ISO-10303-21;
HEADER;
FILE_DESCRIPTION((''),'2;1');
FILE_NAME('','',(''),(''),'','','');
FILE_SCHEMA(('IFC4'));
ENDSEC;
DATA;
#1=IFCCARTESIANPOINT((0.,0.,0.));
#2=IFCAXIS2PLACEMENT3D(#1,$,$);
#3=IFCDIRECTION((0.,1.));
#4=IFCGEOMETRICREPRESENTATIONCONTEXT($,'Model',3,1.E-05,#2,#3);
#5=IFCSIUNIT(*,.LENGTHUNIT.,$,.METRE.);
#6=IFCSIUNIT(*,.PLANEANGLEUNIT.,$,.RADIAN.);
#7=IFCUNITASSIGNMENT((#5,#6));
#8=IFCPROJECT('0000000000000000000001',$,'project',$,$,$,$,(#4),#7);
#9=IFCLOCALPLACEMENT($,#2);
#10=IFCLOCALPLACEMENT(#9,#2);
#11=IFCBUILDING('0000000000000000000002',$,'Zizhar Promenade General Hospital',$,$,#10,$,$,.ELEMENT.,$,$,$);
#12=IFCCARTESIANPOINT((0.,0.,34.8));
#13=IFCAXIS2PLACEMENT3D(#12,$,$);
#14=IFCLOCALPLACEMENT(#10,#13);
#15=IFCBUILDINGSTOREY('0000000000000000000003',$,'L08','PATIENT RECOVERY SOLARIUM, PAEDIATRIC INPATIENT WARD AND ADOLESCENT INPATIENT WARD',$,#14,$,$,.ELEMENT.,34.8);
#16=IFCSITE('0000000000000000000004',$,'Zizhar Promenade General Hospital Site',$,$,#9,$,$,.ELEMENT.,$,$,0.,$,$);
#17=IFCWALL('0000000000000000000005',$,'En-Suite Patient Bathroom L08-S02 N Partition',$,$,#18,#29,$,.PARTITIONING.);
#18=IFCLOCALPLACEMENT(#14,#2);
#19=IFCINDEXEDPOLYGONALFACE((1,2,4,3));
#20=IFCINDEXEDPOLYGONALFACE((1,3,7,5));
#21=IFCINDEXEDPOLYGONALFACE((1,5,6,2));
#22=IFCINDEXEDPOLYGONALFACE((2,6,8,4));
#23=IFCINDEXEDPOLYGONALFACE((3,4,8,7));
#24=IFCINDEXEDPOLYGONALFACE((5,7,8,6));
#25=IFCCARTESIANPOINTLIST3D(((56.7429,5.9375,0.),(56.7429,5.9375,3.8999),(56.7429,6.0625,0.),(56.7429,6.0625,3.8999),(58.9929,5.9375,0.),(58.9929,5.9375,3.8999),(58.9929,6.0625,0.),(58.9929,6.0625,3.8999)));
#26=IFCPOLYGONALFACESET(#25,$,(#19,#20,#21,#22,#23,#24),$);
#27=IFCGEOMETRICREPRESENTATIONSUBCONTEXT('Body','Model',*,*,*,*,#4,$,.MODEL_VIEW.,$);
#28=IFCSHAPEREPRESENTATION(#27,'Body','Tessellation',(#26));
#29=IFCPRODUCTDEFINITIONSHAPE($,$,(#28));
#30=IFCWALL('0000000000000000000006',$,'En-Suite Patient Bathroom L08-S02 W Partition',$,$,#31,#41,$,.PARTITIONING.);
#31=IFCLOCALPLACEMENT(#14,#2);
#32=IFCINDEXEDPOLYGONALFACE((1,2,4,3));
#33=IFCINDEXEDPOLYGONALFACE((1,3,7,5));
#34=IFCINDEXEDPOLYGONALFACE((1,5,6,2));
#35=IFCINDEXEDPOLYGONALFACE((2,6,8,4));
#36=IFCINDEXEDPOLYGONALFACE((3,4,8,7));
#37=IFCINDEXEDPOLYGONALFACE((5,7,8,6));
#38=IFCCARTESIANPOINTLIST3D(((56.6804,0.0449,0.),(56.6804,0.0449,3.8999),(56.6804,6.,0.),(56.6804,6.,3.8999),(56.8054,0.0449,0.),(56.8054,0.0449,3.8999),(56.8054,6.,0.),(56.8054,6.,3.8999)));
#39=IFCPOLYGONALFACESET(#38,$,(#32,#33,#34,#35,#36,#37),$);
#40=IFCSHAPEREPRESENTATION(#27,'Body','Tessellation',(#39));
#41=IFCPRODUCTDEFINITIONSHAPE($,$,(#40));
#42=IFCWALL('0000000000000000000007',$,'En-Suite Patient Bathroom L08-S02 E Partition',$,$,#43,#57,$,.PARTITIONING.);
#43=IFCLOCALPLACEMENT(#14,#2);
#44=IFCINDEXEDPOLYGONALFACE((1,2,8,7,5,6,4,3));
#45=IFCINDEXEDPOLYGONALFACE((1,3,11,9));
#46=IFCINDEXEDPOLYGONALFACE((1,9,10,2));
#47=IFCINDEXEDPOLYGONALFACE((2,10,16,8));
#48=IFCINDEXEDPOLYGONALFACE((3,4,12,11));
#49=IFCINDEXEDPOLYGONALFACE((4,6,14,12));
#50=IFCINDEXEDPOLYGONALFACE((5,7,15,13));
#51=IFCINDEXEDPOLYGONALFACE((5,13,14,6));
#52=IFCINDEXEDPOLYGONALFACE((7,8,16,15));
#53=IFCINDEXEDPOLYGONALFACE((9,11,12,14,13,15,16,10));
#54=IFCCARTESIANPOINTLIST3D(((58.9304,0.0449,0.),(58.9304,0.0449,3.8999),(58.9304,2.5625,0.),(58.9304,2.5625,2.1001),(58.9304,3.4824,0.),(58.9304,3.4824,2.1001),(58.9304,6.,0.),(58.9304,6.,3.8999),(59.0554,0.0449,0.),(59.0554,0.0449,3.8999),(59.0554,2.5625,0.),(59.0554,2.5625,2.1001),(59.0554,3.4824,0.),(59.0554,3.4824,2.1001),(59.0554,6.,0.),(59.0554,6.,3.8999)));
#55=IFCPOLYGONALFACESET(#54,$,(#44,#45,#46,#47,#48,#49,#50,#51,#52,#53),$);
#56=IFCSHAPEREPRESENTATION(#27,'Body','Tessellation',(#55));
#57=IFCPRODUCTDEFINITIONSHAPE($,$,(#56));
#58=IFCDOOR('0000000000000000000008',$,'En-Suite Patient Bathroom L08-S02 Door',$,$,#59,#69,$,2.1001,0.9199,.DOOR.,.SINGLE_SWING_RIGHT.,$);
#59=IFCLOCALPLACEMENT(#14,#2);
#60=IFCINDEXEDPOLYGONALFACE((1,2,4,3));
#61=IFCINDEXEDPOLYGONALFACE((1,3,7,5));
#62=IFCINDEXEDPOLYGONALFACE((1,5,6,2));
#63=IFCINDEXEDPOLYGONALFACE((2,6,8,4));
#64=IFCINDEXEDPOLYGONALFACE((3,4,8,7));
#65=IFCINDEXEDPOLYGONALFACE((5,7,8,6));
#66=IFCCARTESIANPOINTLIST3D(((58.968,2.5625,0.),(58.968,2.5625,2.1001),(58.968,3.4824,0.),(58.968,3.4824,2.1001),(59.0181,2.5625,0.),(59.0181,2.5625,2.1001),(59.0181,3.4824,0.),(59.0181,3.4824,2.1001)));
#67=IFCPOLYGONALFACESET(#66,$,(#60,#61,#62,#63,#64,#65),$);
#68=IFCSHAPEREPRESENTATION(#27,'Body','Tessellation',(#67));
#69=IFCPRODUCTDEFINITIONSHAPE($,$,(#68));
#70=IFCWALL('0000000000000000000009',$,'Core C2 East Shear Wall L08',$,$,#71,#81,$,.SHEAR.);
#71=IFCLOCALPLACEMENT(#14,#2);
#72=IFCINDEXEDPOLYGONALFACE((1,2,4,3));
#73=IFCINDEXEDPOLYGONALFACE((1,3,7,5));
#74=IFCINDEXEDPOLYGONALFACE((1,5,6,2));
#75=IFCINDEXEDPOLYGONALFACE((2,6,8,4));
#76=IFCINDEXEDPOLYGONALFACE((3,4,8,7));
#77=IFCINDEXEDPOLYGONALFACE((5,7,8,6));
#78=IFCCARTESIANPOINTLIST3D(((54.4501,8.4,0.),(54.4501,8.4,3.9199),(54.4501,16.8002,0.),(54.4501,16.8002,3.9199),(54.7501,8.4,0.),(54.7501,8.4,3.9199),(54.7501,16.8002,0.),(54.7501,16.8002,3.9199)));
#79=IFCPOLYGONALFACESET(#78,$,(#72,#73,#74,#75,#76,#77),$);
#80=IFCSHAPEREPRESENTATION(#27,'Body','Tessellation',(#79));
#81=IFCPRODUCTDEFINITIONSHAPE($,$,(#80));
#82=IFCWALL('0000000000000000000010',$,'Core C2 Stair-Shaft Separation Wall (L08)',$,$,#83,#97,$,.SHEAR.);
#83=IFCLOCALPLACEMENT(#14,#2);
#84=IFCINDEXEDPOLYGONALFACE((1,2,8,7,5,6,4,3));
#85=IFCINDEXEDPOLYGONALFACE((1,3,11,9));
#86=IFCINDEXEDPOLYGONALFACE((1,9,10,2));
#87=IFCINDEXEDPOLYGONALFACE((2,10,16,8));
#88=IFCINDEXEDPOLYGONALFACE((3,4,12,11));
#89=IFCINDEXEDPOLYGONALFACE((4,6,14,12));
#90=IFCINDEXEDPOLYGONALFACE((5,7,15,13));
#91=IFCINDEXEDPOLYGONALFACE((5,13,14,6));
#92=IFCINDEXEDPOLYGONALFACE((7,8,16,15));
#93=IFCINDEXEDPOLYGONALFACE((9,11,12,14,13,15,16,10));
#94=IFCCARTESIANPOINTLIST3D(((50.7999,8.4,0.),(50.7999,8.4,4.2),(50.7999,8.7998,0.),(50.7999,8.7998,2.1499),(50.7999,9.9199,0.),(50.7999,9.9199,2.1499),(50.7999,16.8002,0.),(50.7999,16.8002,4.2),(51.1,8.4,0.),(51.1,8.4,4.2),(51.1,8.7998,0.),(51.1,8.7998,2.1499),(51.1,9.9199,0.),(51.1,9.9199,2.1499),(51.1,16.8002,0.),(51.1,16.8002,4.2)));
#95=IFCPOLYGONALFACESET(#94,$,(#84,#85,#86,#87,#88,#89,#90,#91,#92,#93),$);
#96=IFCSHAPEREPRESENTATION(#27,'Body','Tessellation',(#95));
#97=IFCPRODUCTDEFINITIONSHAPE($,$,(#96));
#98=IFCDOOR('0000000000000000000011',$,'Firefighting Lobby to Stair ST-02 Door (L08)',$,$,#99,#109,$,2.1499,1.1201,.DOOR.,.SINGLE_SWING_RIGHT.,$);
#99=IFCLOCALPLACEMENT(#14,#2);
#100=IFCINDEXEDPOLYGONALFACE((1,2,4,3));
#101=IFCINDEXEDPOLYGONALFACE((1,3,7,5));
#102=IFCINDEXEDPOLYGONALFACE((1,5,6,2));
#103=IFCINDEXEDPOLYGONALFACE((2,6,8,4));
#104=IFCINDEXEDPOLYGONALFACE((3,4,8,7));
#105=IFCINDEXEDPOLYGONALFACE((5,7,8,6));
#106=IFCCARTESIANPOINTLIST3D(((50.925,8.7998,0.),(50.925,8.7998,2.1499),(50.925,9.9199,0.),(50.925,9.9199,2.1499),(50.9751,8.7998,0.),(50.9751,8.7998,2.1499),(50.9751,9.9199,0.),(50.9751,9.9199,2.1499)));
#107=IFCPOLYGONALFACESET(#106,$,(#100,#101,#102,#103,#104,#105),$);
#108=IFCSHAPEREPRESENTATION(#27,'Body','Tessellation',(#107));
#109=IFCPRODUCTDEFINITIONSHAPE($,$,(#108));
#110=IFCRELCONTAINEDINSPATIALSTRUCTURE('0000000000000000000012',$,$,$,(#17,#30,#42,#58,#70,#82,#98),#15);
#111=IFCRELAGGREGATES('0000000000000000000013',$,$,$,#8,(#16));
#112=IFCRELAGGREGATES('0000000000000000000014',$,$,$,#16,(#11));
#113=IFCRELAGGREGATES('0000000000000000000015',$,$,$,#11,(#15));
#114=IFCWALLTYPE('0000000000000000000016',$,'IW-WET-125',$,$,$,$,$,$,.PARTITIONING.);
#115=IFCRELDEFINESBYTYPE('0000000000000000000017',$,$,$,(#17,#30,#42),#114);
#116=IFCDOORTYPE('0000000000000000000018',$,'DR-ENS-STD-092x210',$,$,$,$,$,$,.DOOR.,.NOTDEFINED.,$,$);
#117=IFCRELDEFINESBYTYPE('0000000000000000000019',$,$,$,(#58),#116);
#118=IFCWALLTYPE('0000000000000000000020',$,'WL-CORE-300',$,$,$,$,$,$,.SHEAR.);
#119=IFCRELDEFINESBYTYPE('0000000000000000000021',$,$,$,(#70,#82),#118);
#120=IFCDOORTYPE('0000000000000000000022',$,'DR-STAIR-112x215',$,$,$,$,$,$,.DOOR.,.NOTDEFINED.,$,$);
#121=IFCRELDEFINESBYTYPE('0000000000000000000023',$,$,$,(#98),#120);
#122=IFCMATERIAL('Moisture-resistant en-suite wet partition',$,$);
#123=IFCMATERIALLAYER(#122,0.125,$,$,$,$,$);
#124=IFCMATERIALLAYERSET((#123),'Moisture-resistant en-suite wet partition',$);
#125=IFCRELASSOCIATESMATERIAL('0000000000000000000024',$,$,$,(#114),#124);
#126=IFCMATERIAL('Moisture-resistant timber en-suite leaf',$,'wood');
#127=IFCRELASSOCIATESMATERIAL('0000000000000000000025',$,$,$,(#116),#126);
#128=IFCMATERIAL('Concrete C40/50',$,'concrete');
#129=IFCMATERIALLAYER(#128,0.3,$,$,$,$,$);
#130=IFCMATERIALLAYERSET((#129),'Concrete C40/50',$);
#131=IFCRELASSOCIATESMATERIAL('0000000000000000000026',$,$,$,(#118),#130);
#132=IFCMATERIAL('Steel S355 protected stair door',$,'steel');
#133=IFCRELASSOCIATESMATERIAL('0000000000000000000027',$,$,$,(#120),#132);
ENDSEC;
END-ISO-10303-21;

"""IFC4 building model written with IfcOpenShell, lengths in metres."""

from ifc_helpers import new_model, si_unit, direction, frame, frame_2d, origin, place, context, subcontext, project, spatial, rectangle, extrude, material, layer, layer_set, type_object, element, fill, save


model = new_model("IFC4")

# Units and contexts
model_context = context("Model", 3, precision=1e-05, world=origin(), true_north=direction((0.0, 1.0)))
body_context = subcontext(model_context, "Body", "Model", "MODEL_VIEW")
ifc_project = project(units=[si_unit("LENGTHUNIT", "METRE"), si_unit("PLANEANGLEUNIT", "RADIAN")], contexts=[model_context])

# Site, building, storey
site_placement = place(None, origin())
site = spatial("IfcSite", under=ifc_project, at=site_placement, Name="Zizhar Promenade General Hospital Site", CompositionType="ELEMENT", RefElevation=0.0)
building_placement = place(site_placement, origin())
building = spatial("IfcBuilding", under=site, at=building_placement, Name="Zizhar Promenade General Hospital", CompositionType="ELEMENT")
storey_placement = place(building_placement, frame((0.0, 0.0, 34.8)))
storey = spatial("IfcBuildingStorey", under=building, at=storey_placement, Name="L08", Description="PATIENT RECOVERY SOLARIUM, PAEDIATRIC INPATIENT WARD AND ADOLESCENT INPATIENT WARD", CompositionType="ELEMENT", Elevation=34.8)

# Shared definitions
ifc_material_1 = material(Name="Moisture-resistant en-suite wet partition")
ifc_layer_1 = layer(ifc_material_1, 0.125)
ifc_layer_set_1 = layer_set([ifc_layer_1], Name="Moisture-resistant en-suite wet partition")
wall_type_1 = type_object("IfcWallType", Name="IW-WET-125", PredefinedType="PARTITIONING", material=ifc_layer_set_1)

# Walls
wall_1_placement = place(storey_placement, frame((56.7429, 6.0, 0.0), z_axis=(0.0, 0.0, 1.0), x_axis=(1.0, 0.0, 0.0)))
element("IfcWall", 1, at=wall_1_placement, inside=storey, type_object=wall_type_1, Name="En-Suite Patient Bathroom L08-S02 N Partition", PredefinedType="PARTITIONING", context=body_context, shape_type="SweptSolid", body=[
    extrude(rectangle(XDim=2.25, YDim=0.125, at=frame_2d((1.125, 0.0))), origin(), (0.0, 0.0, 1.0), 3.8999),
])
wall_2_placement = place(storey_placement, frame((56.7429, 0.0449, 0.0), z_axis=(0.0, 0.0, 1.0), x_axis=(0.0, 1.0, 0.0)))
element("IfcWall", 2, at=wall_2_placement, inside=storey, type_object=wall_type_1, Name="En-Suite Patient Bathroom L08-S02 W Partition", PredefinedType="PARTITIONING", context=body_context, shape_type="SweptSolid", body=[
    extrude(rectangle(XDim=5.9551, YDim=0.125, at=frame_2d((2.9775, 0.0))), origin(), (0.0, 0.0, 1.0), 3.8999),
])

# Wall, opening, door
wall_3_placement = place(storey_placement, frame((58.9929, 0.0449, 0.0), z_axis=(0.0, 0.0, 1.0), x_axis=(0.0, 1.0, 0.0)))
wall_3 = element("IfcWall", 3, at=wall_3_placement, inside=storey, type_object=wall_type_1, Name="En-Suite Patient Bathroom L08-S02 E Partition", PredefinedType="PARTITIONING", context=body_context, shape_type="SweptSolid", body=[
    extrude(rectangle(XDim=5.9551, YDim=0.125, at=frame_2d((2.9775, 0.0))), origin(), (0.0, 0.0, 1.0), 3.8999),
])
opening_1_placement = place(wall_3_placement, frame((2.5176, 0.0, 0.0)))
opening_1 = element("IfcOpeningElement", 4, at=opening_1_placement, cuts=wall_3, PredefinedType="OPENING", context=body_context, shape_type="SweptSolid", body=[
    extrude(rectangle(XDim=0.9199, YDim=2.1001, at=frame_2d((0.46, 1.05))), frame((0.0, 0.0725, 0.0), z_axis=(0.0, -1.0, 0.0), x_axis=(1.0, 0.0, 0.0)), (0.0, 0.0, 1.0), 0.145),
])
ifc_material_2 = material(Name="Moisture-resistant timber en-suite leaf", Category="wood")
door_type_1 = type_object("IfcDoorType", Name="DR-ENS-STD-092x210", OperationType="NOTDEFINED", PredefinedType="DOOR", material=ifc_material_2)
door_1_placement = place(opening_1_placement, origin())
door_1 = element("IfcDoor", 5, at=door_1_placement, inside=storey, type_object=door_type_1, Name="En-Suite Patient Bathroom L08-S02 Door", OperationType="SINGLE_SWING_RIGHT", OverallHeight=2.1001, OverallWidth=0.9199, PredefinedType="DOOR", context=body_context, shape_type="SweptSolid", body=[
    extrude(rectangle(XDim=0.9199, YDim=2.1001, at=frame_2d((0.46, 1.05))), frame((0.0, 0.0249, 0.0), z_axis=(0.0, -1.0, 0.0), x_axis=(1.0, 0.0, 0.0)), (0.0, 0.0, 1.0), 0.05),
])
fill(opening_1, door_1)

# Wall
ifc_material_3 = material(Name="Concrete C40/50", Category="concrete")
ifc_layer_2 = layer(ifc_material_3, 0.3)
ifc_layer_set_2 = layer_set([ifc_layer_2], Name="Concrete C40/50")
wall_type_2 = type_object("IfcWallType", Name="WL-CORE-300", PredefinedType="SHEAR", material=ifc_layer_set_2)
wall_4_placement = place(storey_placement, frame((54.6001, 8.3999, 0.0), z_axis=(0.0, 0.0, 1.0), x_axis=(0.0, 1.0, 0.0)))
element("IfcWall", 6, at=wall_4_placement, inside=storey, type_object=wall_type_2, Name="Core C2 East Shear Wall L08", PredefinedType="SHEAR", context=body_context, shape_type="SweptSolid", body=[
    extrude(rectangle(XDim=8.4001, YDim=0.3, at=frame_2d((4.2002, 0.0))), origin(), (0.0, 0.0, 1.0), 3.9199),
])

# Wall, opening, door
wall_5_placement = place(storey_placement, frame((50.95, 8.3999, 0.0), z_axis=(0.0, 0.0, 1.0), x_axis=(0.0, 1.0, 0.0)))
wall_5 = element("IfcWall", 7, at=wall_5_placement, inside=storey, type_object=wall_type_2, Name="Core C2 Stair-Shaft Separation Wall (L08)", PredefinedType="SHEAR", context=body_context, shape_type="SweptSolid", body=[
    extrude(rectangle(XDim=8.4001, YDim=0.3, at=frame_2d((4.2002, 0.0))), origin(), (0.0, 0.0, 1.0), 4.2),
])
opening_2_placement = place(wall_5_placement, frame((0.3999, 0.0, 0.0)))
opening_2 = element("IfcOpeningElement", 8, at=opening_2_placement, cuts=wall_5, PredefinedType="OPENING", context=body_context, shape_type="SweptSolid", body=[
    extrude(rectangle(XDim=1.1201, YDim=2.1499, at=frame_2d((0.5601, 1.075))), frame((0.0, 0.1602, 0.0), z_axis=(0.0, -1.0, 0.0), x_axis=(1.0, 0.0, 0.0)), (0.0, 0.0, 1.0), 0.3201),
])
ifc_material_4 = material(Name="Steel S355 protected stair door", Category="steel")
door_type_2 = type_object("IfcDoorType", Name="DR-STAIR-112x215", OperationType="NOTDEFINED", PredefinedType="DOOR", material=ifc_material_4)
door_2_placement = place(opening_2_placement, origin())
door_2 = element("IfcDoor", 9, at=door_2_placement, inside=storey, type_object=door_type_2, Name="Firefighting Lobby to Stair ST-02 Door (L08)", OperationType="SINGLE_SWING_RIGHT", OverallHeight=2.1499, OverallWidth=1.1201, PredefinedType="DOOR", context=body_context, shape_type="SweptSolid", body=[
    extrude(rectangle(XDim=1.1201, YDim=2.1499, at=frame_2d((0.5601, 1.075))), frame((0.0, 0.0249, 0.0), z_axis=(0.0, -1.0, 0.0), x_axis=(1.0, 0.0, 0.0)), (0.0, 0.0, 1.0), 0.05),
])
fill(opening_2, door_2)

save(model, "model.ifc")
